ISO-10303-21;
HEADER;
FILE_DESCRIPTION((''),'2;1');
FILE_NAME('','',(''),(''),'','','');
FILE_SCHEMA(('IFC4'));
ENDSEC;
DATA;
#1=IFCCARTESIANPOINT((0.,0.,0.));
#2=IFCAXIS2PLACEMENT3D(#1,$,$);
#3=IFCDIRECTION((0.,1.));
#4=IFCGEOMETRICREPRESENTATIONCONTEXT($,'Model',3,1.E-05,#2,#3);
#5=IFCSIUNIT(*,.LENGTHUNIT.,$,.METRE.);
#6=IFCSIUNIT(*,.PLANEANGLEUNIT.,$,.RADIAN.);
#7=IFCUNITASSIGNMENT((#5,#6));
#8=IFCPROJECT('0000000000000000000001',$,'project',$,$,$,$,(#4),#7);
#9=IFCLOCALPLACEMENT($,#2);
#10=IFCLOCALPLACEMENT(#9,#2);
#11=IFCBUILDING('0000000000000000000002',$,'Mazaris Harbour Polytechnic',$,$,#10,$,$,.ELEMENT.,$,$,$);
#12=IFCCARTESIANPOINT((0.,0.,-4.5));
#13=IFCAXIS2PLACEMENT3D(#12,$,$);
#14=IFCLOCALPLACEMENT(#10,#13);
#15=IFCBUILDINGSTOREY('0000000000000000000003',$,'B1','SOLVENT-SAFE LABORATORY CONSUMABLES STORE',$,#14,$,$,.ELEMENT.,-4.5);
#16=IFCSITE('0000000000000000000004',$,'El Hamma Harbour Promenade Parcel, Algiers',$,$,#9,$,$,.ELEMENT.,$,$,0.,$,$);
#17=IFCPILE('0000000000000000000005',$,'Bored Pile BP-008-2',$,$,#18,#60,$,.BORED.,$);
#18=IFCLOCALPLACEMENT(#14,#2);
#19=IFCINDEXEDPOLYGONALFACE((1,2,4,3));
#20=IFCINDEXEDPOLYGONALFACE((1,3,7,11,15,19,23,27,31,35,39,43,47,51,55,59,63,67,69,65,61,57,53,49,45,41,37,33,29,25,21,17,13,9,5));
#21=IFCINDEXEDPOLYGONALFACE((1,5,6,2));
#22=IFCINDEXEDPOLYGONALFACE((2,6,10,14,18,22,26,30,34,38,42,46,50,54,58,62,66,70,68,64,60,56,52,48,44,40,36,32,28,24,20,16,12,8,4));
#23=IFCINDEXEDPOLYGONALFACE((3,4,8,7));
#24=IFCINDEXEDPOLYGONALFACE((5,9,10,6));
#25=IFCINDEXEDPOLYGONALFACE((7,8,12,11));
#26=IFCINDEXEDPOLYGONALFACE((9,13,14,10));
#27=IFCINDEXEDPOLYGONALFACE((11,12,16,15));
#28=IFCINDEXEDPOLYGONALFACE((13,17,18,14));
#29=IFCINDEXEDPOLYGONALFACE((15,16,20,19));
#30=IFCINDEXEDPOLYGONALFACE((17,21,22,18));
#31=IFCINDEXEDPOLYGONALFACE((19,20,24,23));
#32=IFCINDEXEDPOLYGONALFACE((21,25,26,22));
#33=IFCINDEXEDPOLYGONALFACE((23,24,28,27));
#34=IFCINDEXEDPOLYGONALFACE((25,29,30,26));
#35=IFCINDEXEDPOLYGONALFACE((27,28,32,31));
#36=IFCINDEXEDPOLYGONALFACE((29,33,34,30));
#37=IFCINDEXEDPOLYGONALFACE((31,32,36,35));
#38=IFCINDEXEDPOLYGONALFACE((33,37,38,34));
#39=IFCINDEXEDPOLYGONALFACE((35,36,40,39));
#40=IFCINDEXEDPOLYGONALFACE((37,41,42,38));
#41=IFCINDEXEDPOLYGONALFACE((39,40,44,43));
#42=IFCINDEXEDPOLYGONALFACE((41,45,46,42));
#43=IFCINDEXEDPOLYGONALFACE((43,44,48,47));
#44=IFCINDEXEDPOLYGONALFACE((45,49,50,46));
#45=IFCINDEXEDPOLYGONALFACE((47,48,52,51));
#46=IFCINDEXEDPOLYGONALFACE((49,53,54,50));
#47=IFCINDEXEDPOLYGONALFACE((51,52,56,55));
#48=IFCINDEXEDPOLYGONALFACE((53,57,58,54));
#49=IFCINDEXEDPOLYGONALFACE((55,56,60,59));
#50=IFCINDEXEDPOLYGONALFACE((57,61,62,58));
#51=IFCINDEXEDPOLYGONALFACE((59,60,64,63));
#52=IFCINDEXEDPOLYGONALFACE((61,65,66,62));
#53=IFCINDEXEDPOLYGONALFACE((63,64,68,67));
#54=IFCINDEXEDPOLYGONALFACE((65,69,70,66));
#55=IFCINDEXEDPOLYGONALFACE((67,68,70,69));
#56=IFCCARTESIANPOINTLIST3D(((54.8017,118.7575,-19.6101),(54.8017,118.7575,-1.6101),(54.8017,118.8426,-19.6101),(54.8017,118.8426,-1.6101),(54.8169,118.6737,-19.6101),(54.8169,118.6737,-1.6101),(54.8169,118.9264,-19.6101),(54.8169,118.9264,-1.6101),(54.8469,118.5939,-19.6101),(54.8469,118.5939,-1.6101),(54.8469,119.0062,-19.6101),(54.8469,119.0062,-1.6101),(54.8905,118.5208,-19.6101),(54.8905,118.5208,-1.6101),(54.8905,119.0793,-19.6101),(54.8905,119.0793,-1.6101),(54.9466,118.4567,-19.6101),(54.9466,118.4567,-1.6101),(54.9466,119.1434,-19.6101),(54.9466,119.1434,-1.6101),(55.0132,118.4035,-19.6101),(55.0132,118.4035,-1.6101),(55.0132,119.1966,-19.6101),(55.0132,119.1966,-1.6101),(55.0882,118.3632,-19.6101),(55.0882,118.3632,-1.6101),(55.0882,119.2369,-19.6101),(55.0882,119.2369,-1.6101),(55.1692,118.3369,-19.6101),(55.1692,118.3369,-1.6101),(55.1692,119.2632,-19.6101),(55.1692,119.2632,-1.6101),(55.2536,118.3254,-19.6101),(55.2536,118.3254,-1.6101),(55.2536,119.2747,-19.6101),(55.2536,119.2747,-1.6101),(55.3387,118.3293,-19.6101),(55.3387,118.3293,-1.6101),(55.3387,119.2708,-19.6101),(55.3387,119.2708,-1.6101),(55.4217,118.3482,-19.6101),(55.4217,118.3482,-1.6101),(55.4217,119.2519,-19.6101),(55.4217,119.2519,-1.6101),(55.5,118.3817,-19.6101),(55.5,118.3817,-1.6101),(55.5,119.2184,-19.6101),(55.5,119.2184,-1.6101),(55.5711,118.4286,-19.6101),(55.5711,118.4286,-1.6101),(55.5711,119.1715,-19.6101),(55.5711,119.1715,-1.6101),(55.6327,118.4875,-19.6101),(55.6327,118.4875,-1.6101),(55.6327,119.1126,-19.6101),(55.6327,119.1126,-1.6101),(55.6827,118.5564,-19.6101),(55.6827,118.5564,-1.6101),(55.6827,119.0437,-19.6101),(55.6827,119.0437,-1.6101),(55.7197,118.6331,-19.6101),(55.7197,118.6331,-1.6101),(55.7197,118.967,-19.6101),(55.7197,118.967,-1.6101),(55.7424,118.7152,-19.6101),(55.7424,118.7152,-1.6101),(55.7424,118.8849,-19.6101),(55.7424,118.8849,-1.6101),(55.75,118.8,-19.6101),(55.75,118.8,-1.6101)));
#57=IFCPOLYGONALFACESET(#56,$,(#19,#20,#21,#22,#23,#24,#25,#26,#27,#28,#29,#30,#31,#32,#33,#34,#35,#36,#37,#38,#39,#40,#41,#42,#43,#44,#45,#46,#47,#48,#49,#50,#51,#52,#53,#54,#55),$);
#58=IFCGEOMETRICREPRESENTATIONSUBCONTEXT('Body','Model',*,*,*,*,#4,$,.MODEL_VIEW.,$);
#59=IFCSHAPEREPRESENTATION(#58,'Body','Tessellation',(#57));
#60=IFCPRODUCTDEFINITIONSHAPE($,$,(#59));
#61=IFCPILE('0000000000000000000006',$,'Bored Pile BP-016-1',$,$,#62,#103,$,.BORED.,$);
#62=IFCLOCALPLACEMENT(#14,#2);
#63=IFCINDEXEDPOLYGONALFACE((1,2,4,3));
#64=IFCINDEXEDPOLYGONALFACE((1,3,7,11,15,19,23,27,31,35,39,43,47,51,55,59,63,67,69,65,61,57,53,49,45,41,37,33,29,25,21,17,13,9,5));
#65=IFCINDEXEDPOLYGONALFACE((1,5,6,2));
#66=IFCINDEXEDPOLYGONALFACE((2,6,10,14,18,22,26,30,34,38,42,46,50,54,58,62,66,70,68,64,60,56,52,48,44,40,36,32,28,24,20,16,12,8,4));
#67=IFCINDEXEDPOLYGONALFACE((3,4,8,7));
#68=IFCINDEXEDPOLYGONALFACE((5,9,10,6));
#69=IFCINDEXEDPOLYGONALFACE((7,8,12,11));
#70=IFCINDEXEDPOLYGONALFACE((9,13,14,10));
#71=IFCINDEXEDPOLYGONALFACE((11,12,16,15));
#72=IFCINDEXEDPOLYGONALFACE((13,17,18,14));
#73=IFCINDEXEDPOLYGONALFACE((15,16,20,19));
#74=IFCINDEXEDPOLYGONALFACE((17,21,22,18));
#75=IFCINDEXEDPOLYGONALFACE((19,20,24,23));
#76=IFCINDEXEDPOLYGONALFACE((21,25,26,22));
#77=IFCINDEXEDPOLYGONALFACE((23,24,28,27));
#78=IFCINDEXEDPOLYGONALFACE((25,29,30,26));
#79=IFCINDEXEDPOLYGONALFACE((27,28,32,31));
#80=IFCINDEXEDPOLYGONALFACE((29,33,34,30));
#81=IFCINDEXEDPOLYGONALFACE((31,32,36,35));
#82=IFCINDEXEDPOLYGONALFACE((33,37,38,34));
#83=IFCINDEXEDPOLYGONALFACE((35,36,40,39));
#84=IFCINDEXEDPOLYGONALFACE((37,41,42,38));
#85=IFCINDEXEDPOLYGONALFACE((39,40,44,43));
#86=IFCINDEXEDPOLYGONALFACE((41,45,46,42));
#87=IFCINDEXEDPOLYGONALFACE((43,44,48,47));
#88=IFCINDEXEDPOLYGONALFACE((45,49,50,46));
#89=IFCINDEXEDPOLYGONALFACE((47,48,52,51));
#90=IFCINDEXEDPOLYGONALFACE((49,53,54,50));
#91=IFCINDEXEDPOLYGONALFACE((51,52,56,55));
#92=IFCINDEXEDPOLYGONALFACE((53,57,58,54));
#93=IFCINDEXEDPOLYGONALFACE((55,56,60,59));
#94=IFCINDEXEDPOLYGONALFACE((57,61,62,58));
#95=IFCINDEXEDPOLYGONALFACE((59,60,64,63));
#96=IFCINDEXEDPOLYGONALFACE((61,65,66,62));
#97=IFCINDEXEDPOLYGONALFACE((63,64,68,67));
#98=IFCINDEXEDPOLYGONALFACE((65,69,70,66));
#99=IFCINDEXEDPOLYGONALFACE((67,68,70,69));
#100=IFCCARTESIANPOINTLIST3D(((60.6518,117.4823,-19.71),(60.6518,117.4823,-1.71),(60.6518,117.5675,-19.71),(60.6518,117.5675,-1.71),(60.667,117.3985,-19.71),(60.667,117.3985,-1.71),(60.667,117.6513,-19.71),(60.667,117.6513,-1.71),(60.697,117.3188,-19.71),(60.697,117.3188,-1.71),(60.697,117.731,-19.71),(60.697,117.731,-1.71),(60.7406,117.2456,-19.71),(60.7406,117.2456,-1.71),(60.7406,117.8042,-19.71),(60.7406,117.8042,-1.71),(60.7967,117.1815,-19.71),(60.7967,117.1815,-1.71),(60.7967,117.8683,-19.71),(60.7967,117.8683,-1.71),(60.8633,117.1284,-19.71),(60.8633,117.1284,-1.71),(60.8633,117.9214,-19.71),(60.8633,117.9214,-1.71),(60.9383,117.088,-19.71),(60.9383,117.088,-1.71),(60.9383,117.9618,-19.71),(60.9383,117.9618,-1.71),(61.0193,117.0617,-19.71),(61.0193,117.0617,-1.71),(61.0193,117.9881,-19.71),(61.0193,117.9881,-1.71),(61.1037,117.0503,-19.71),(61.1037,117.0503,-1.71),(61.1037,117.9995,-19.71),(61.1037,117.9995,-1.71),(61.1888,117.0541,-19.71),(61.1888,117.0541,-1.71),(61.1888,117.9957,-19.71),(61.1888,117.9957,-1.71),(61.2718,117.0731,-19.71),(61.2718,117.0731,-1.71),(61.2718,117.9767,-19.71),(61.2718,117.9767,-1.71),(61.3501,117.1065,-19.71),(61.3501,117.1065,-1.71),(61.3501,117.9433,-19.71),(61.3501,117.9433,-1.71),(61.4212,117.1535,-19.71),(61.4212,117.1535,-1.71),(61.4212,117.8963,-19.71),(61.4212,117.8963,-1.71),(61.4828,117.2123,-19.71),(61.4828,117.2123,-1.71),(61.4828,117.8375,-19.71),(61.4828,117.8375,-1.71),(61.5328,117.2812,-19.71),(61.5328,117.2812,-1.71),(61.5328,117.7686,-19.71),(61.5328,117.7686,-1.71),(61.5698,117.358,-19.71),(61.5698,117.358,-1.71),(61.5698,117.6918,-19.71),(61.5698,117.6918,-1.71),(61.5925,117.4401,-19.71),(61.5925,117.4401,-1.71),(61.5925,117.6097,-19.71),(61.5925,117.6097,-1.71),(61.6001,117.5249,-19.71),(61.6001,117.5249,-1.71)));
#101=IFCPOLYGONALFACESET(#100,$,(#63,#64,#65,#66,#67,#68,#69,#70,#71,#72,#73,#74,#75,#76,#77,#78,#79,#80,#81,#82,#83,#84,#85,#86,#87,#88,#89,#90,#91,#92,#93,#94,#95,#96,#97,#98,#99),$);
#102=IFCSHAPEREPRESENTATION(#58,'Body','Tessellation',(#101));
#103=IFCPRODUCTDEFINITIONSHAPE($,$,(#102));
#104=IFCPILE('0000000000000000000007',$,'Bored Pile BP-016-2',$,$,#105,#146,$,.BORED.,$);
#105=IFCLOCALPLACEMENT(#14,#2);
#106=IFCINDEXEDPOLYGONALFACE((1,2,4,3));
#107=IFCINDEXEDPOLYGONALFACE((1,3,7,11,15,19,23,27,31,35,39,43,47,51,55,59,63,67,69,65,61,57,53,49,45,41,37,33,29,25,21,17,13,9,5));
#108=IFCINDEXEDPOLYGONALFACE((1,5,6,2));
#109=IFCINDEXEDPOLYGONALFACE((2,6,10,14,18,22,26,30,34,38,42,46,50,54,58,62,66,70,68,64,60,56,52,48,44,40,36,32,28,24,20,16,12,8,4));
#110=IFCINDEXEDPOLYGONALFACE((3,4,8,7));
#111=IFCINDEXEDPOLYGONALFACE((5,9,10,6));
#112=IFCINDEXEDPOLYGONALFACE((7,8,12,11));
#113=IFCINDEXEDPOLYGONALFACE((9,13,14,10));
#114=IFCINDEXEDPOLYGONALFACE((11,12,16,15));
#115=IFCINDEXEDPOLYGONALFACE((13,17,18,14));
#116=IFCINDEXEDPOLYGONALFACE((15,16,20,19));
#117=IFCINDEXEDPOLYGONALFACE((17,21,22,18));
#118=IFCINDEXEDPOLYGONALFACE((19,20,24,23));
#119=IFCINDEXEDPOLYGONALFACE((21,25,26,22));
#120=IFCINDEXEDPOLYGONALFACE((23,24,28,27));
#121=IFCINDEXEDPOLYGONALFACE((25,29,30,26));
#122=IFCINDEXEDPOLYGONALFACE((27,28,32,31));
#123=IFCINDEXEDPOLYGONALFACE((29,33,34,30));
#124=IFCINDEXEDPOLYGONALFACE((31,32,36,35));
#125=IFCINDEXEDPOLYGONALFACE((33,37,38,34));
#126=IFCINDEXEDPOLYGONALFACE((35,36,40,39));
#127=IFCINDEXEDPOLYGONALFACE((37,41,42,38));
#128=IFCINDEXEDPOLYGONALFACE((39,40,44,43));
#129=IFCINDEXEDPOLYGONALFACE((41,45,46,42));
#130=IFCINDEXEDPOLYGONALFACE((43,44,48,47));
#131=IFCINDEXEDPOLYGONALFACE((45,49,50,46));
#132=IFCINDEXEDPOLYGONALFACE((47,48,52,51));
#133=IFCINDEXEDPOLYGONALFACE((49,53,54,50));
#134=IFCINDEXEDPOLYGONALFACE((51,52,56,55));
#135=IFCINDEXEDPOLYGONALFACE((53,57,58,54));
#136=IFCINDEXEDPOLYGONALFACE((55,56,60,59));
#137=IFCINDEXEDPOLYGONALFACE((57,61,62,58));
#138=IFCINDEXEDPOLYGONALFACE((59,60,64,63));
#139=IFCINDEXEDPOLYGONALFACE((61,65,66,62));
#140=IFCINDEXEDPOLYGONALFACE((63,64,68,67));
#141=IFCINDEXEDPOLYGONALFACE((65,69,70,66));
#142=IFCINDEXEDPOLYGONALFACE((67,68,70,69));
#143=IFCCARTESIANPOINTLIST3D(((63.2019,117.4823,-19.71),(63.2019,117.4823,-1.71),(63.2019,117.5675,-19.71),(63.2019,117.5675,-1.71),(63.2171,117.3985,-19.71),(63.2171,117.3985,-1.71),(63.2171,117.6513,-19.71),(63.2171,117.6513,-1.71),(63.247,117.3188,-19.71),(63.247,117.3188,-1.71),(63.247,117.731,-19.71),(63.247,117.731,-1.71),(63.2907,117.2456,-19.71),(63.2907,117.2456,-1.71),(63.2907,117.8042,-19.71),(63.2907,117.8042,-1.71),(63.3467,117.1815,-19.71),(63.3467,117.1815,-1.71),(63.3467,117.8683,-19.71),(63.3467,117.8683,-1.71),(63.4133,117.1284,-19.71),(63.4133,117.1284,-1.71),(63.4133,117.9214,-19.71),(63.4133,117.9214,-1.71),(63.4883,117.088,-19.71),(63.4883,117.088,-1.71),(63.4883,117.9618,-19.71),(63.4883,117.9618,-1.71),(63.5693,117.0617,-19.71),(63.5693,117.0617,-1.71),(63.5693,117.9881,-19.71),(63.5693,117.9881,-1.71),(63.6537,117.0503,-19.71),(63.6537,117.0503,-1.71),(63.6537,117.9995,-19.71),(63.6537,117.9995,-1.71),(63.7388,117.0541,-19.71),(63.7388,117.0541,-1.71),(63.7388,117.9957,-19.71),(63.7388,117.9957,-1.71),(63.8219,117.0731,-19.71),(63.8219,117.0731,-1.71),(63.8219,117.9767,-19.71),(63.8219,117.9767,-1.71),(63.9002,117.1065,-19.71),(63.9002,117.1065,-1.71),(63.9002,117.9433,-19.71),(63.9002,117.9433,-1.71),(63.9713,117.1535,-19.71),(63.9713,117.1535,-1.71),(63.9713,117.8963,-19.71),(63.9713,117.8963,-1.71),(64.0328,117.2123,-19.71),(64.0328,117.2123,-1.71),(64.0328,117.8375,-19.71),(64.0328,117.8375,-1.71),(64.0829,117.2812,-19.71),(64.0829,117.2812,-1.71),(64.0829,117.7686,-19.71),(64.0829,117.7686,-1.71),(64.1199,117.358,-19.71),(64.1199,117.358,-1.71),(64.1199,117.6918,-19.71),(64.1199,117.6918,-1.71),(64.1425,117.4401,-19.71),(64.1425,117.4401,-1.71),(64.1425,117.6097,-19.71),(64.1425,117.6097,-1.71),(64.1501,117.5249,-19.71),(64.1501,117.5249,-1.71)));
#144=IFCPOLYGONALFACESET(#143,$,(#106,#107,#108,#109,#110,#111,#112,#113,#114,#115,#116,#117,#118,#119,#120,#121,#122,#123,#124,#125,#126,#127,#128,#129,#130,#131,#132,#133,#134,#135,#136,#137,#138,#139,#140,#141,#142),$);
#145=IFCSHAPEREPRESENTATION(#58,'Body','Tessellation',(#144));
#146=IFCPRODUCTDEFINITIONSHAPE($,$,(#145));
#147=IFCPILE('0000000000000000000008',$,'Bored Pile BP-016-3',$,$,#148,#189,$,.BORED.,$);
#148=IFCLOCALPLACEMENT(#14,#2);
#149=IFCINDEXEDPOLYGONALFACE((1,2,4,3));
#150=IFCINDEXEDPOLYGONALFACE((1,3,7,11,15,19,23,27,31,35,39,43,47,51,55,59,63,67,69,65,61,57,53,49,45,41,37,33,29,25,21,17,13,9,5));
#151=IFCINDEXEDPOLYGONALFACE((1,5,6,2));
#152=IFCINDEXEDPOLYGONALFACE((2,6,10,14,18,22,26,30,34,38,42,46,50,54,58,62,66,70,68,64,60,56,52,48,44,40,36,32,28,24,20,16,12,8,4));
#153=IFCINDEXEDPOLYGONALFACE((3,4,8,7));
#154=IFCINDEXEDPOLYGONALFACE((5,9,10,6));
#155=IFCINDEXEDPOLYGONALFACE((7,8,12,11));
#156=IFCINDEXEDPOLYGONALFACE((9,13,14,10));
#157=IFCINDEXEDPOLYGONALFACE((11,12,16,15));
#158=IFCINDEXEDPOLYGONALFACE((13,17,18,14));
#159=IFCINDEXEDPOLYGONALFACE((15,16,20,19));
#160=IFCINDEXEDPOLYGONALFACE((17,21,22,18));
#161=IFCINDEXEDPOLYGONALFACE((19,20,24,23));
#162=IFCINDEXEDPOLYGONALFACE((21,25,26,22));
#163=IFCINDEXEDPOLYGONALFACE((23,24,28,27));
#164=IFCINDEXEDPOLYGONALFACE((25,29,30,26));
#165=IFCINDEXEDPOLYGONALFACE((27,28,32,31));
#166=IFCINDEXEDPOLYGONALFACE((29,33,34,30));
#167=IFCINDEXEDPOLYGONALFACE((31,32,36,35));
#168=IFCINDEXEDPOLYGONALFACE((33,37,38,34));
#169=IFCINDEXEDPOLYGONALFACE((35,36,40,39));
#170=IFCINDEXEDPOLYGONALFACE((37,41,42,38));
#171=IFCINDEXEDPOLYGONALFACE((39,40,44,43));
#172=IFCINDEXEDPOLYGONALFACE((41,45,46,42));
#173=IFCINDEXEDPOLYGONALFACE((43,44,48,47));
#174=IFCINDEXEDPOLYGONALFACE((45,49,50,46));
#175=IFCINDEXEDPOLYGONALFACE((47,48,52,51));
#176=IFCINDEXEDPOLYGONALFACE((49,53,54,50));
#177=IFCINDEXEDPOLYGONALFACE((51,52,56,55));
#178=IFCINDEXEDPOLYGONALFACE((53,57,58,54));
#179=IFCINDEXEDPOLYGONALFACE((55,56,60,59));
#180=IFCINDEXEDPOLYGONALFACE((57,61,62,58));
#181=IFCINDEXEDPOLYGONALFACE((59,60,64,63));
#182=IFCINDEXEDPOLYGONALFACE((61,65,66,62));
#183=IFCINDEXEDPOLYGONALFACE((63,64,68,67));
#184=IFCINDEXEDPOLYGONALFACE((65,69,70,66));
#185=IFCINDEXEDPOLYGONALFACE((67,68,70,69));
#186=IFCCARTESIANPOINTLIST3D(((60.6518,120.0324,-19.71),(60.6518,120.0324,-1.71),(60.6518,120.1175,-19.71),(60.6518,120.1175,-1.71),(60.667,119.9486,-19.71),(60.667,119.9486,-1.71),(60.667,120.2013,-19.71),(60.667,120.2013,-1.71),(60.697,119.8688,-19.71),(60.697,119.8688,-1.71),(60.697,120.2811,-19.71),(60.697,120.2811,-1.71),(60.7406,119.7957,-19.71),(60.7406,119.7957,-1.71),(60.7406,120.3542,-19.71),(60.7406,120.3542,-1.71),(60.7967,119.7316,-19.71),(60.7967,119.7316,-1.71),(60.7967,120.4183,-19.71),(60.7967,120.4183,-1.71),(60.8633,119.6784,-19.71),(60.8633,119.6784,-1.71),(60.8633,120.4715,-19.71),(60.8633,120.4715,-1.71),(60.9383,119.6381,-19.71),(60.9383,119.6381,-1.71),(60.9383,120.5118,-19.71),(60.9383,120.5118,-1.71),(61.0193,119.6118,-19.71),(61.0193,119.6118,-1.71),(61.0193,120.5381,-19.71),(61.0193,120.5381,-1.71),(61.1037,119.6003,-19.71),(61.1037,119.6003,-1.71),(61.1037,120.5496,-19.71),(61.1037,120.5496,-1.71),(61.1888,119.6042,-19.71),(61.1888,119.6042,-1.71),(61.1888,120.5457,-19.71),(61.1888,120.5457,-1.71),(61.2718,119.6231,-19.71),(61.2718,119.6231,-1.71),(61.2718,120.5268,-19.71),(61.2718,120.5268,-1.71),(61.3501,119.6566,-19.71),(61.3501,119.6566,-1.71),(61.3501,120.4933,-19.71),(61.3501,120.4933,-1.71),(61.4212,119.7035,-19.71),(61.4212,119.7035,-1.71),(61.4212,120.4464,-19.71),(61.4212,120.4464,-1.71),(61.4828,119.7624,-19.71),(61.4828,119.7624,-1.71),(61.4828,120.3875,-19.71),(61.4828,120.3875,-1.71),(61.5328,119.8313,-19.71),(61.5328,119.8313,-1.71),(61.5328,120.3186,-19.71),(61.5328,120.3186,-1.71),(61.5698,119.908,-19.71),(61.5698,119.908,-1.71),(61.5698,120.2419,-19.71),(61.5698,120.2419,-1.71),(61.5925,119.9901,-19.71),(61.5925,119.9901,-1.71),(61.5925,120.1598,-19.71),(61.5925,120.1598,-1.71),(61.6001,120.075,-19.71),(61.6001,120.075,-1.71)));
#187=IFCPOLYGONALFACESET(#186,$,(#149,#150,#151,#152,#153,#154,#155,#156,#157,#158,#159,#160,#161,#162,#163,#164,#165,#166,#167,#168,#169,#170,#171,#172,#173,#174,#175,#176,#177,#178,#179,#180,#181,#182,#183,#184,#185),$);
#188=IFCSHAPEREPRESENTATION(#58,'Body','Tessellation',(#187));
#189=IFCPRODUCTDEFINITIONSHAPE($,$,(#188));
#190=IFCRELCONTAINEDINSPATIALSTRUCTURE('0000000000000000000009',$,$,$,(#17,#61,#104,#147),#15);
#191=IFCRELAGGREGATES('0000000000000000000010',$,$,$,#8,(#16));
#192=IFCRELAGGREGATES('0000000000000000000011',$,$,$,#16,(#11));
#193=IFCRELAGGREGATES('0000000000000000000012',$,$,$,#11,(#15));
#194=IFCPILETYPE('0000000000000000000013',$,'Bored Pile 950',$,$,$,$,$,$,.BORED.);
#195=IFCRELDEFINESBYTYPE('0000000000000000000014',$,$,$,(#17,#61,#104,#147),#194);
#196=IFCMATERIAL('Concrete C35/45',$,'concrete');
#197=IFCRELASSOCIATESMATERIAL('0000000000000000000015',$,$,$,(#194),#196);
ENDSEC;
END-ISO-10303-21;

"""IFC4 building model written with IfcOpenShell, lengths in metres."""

from ifc_helpers import new_model, si_unit, direction, frame, origin, origin_2d, place, context, subcontext, project, spatial, circle, extrude, material, material_profile, profile_set, type_object, element, save


model = new_model("IFC4")

# Units and contexts
model_context = context("Model", 3, precision=1e-05, world=origin(), true_north=direction((0.0, 1.0)))
body_context = subcontext(model_context, "Body", "Model", "MODEL_VIEW")
ifc_project = project(units=[si_unit("LENGTHUNIT", "METRE"), si_unit("PLANEANGLEUNIT", "RADIAN")], contexts=[model_context])

# Site, building, storey
site_placement = place(None, origin())
site = spatial("IfcSite", under=ifc_project, at=site_placement, Name="El Hamma Harbour Promenade Parcel, Algiers", CompositionType="ELEMENT", RefElevation=0.0)
building_placement = place(site_placement, origin())
building = spatial("IfcBuilding", under=site, at=building_placement, Name="Mazaris Harbour Polytechnic", CompositionType="ELEMENT")
storey_placement = place(building_placement, frame((0.0, 0.0, -4.5)))
storey = spatial("IfcBuildingStorey", under=building, at=storey_placement, Name="B1", Description="SOLVENT-SAFE LABORATORY CONSUMABLES STORE", CompositionType="ELEMENT", Elevation=-4.5)

# Piles
ifc_material_1 = material(Name="Concrete C35/45", Category="concrete")
ifc_material_profile_1 = material_profile(ifc_material_1, circle(Radius=0.4751, at=origin_2d()), Name="DIA950")
ifc_profile_set_1 = profile_set([ifc_material_profile_1], Name="Concrete C35/45")
pile_type_1 = type_object("IfcPileType", Name="Bored Pile 950", PredefinedType="BORED", material=ifc_profile_set_1)
for number, where, z_axis, x_axis, name in (
    (1, (55.2749, 118.8, -1.6101), (0.0, 0.0, -1.0), (1.0, 0.0, 0.0), "Bored Pile BP-008-2"),
    (2, (61.125, 117.5249, -1.71), (0.0, 0.0, -1.0), (1.0, 0.0, 0.0), "Bored Pile BP-016-1"),
    (3, (63.675, 117.5249, -1.71), (0.0, 0.0, -1.0), (1.0, 0.0, 0.0), "Bored Pile BP-016-2"),
    (4, (61.125, 120.075, -1.71), (0.0, 0.0, -1.0), (1.0, 0.0, 0.0), "Bored Pile BP-016-3"),
):
    element("IfcPile", number, at=place(storey_placement, frame(where, z_axis=z_axis, x_axis=x_axis)), inside=storey, type_object=pile_type_1, Name=name, PredefinedType="BORED", context=body_context, shape_type="SweptSolid", body=[
        extrude(circle(Radius=0.4751, at=origin_2d()), origin(), (0.0, 0.0, 1.0), 18.0),
    ])

save(model, "model.ifc")
